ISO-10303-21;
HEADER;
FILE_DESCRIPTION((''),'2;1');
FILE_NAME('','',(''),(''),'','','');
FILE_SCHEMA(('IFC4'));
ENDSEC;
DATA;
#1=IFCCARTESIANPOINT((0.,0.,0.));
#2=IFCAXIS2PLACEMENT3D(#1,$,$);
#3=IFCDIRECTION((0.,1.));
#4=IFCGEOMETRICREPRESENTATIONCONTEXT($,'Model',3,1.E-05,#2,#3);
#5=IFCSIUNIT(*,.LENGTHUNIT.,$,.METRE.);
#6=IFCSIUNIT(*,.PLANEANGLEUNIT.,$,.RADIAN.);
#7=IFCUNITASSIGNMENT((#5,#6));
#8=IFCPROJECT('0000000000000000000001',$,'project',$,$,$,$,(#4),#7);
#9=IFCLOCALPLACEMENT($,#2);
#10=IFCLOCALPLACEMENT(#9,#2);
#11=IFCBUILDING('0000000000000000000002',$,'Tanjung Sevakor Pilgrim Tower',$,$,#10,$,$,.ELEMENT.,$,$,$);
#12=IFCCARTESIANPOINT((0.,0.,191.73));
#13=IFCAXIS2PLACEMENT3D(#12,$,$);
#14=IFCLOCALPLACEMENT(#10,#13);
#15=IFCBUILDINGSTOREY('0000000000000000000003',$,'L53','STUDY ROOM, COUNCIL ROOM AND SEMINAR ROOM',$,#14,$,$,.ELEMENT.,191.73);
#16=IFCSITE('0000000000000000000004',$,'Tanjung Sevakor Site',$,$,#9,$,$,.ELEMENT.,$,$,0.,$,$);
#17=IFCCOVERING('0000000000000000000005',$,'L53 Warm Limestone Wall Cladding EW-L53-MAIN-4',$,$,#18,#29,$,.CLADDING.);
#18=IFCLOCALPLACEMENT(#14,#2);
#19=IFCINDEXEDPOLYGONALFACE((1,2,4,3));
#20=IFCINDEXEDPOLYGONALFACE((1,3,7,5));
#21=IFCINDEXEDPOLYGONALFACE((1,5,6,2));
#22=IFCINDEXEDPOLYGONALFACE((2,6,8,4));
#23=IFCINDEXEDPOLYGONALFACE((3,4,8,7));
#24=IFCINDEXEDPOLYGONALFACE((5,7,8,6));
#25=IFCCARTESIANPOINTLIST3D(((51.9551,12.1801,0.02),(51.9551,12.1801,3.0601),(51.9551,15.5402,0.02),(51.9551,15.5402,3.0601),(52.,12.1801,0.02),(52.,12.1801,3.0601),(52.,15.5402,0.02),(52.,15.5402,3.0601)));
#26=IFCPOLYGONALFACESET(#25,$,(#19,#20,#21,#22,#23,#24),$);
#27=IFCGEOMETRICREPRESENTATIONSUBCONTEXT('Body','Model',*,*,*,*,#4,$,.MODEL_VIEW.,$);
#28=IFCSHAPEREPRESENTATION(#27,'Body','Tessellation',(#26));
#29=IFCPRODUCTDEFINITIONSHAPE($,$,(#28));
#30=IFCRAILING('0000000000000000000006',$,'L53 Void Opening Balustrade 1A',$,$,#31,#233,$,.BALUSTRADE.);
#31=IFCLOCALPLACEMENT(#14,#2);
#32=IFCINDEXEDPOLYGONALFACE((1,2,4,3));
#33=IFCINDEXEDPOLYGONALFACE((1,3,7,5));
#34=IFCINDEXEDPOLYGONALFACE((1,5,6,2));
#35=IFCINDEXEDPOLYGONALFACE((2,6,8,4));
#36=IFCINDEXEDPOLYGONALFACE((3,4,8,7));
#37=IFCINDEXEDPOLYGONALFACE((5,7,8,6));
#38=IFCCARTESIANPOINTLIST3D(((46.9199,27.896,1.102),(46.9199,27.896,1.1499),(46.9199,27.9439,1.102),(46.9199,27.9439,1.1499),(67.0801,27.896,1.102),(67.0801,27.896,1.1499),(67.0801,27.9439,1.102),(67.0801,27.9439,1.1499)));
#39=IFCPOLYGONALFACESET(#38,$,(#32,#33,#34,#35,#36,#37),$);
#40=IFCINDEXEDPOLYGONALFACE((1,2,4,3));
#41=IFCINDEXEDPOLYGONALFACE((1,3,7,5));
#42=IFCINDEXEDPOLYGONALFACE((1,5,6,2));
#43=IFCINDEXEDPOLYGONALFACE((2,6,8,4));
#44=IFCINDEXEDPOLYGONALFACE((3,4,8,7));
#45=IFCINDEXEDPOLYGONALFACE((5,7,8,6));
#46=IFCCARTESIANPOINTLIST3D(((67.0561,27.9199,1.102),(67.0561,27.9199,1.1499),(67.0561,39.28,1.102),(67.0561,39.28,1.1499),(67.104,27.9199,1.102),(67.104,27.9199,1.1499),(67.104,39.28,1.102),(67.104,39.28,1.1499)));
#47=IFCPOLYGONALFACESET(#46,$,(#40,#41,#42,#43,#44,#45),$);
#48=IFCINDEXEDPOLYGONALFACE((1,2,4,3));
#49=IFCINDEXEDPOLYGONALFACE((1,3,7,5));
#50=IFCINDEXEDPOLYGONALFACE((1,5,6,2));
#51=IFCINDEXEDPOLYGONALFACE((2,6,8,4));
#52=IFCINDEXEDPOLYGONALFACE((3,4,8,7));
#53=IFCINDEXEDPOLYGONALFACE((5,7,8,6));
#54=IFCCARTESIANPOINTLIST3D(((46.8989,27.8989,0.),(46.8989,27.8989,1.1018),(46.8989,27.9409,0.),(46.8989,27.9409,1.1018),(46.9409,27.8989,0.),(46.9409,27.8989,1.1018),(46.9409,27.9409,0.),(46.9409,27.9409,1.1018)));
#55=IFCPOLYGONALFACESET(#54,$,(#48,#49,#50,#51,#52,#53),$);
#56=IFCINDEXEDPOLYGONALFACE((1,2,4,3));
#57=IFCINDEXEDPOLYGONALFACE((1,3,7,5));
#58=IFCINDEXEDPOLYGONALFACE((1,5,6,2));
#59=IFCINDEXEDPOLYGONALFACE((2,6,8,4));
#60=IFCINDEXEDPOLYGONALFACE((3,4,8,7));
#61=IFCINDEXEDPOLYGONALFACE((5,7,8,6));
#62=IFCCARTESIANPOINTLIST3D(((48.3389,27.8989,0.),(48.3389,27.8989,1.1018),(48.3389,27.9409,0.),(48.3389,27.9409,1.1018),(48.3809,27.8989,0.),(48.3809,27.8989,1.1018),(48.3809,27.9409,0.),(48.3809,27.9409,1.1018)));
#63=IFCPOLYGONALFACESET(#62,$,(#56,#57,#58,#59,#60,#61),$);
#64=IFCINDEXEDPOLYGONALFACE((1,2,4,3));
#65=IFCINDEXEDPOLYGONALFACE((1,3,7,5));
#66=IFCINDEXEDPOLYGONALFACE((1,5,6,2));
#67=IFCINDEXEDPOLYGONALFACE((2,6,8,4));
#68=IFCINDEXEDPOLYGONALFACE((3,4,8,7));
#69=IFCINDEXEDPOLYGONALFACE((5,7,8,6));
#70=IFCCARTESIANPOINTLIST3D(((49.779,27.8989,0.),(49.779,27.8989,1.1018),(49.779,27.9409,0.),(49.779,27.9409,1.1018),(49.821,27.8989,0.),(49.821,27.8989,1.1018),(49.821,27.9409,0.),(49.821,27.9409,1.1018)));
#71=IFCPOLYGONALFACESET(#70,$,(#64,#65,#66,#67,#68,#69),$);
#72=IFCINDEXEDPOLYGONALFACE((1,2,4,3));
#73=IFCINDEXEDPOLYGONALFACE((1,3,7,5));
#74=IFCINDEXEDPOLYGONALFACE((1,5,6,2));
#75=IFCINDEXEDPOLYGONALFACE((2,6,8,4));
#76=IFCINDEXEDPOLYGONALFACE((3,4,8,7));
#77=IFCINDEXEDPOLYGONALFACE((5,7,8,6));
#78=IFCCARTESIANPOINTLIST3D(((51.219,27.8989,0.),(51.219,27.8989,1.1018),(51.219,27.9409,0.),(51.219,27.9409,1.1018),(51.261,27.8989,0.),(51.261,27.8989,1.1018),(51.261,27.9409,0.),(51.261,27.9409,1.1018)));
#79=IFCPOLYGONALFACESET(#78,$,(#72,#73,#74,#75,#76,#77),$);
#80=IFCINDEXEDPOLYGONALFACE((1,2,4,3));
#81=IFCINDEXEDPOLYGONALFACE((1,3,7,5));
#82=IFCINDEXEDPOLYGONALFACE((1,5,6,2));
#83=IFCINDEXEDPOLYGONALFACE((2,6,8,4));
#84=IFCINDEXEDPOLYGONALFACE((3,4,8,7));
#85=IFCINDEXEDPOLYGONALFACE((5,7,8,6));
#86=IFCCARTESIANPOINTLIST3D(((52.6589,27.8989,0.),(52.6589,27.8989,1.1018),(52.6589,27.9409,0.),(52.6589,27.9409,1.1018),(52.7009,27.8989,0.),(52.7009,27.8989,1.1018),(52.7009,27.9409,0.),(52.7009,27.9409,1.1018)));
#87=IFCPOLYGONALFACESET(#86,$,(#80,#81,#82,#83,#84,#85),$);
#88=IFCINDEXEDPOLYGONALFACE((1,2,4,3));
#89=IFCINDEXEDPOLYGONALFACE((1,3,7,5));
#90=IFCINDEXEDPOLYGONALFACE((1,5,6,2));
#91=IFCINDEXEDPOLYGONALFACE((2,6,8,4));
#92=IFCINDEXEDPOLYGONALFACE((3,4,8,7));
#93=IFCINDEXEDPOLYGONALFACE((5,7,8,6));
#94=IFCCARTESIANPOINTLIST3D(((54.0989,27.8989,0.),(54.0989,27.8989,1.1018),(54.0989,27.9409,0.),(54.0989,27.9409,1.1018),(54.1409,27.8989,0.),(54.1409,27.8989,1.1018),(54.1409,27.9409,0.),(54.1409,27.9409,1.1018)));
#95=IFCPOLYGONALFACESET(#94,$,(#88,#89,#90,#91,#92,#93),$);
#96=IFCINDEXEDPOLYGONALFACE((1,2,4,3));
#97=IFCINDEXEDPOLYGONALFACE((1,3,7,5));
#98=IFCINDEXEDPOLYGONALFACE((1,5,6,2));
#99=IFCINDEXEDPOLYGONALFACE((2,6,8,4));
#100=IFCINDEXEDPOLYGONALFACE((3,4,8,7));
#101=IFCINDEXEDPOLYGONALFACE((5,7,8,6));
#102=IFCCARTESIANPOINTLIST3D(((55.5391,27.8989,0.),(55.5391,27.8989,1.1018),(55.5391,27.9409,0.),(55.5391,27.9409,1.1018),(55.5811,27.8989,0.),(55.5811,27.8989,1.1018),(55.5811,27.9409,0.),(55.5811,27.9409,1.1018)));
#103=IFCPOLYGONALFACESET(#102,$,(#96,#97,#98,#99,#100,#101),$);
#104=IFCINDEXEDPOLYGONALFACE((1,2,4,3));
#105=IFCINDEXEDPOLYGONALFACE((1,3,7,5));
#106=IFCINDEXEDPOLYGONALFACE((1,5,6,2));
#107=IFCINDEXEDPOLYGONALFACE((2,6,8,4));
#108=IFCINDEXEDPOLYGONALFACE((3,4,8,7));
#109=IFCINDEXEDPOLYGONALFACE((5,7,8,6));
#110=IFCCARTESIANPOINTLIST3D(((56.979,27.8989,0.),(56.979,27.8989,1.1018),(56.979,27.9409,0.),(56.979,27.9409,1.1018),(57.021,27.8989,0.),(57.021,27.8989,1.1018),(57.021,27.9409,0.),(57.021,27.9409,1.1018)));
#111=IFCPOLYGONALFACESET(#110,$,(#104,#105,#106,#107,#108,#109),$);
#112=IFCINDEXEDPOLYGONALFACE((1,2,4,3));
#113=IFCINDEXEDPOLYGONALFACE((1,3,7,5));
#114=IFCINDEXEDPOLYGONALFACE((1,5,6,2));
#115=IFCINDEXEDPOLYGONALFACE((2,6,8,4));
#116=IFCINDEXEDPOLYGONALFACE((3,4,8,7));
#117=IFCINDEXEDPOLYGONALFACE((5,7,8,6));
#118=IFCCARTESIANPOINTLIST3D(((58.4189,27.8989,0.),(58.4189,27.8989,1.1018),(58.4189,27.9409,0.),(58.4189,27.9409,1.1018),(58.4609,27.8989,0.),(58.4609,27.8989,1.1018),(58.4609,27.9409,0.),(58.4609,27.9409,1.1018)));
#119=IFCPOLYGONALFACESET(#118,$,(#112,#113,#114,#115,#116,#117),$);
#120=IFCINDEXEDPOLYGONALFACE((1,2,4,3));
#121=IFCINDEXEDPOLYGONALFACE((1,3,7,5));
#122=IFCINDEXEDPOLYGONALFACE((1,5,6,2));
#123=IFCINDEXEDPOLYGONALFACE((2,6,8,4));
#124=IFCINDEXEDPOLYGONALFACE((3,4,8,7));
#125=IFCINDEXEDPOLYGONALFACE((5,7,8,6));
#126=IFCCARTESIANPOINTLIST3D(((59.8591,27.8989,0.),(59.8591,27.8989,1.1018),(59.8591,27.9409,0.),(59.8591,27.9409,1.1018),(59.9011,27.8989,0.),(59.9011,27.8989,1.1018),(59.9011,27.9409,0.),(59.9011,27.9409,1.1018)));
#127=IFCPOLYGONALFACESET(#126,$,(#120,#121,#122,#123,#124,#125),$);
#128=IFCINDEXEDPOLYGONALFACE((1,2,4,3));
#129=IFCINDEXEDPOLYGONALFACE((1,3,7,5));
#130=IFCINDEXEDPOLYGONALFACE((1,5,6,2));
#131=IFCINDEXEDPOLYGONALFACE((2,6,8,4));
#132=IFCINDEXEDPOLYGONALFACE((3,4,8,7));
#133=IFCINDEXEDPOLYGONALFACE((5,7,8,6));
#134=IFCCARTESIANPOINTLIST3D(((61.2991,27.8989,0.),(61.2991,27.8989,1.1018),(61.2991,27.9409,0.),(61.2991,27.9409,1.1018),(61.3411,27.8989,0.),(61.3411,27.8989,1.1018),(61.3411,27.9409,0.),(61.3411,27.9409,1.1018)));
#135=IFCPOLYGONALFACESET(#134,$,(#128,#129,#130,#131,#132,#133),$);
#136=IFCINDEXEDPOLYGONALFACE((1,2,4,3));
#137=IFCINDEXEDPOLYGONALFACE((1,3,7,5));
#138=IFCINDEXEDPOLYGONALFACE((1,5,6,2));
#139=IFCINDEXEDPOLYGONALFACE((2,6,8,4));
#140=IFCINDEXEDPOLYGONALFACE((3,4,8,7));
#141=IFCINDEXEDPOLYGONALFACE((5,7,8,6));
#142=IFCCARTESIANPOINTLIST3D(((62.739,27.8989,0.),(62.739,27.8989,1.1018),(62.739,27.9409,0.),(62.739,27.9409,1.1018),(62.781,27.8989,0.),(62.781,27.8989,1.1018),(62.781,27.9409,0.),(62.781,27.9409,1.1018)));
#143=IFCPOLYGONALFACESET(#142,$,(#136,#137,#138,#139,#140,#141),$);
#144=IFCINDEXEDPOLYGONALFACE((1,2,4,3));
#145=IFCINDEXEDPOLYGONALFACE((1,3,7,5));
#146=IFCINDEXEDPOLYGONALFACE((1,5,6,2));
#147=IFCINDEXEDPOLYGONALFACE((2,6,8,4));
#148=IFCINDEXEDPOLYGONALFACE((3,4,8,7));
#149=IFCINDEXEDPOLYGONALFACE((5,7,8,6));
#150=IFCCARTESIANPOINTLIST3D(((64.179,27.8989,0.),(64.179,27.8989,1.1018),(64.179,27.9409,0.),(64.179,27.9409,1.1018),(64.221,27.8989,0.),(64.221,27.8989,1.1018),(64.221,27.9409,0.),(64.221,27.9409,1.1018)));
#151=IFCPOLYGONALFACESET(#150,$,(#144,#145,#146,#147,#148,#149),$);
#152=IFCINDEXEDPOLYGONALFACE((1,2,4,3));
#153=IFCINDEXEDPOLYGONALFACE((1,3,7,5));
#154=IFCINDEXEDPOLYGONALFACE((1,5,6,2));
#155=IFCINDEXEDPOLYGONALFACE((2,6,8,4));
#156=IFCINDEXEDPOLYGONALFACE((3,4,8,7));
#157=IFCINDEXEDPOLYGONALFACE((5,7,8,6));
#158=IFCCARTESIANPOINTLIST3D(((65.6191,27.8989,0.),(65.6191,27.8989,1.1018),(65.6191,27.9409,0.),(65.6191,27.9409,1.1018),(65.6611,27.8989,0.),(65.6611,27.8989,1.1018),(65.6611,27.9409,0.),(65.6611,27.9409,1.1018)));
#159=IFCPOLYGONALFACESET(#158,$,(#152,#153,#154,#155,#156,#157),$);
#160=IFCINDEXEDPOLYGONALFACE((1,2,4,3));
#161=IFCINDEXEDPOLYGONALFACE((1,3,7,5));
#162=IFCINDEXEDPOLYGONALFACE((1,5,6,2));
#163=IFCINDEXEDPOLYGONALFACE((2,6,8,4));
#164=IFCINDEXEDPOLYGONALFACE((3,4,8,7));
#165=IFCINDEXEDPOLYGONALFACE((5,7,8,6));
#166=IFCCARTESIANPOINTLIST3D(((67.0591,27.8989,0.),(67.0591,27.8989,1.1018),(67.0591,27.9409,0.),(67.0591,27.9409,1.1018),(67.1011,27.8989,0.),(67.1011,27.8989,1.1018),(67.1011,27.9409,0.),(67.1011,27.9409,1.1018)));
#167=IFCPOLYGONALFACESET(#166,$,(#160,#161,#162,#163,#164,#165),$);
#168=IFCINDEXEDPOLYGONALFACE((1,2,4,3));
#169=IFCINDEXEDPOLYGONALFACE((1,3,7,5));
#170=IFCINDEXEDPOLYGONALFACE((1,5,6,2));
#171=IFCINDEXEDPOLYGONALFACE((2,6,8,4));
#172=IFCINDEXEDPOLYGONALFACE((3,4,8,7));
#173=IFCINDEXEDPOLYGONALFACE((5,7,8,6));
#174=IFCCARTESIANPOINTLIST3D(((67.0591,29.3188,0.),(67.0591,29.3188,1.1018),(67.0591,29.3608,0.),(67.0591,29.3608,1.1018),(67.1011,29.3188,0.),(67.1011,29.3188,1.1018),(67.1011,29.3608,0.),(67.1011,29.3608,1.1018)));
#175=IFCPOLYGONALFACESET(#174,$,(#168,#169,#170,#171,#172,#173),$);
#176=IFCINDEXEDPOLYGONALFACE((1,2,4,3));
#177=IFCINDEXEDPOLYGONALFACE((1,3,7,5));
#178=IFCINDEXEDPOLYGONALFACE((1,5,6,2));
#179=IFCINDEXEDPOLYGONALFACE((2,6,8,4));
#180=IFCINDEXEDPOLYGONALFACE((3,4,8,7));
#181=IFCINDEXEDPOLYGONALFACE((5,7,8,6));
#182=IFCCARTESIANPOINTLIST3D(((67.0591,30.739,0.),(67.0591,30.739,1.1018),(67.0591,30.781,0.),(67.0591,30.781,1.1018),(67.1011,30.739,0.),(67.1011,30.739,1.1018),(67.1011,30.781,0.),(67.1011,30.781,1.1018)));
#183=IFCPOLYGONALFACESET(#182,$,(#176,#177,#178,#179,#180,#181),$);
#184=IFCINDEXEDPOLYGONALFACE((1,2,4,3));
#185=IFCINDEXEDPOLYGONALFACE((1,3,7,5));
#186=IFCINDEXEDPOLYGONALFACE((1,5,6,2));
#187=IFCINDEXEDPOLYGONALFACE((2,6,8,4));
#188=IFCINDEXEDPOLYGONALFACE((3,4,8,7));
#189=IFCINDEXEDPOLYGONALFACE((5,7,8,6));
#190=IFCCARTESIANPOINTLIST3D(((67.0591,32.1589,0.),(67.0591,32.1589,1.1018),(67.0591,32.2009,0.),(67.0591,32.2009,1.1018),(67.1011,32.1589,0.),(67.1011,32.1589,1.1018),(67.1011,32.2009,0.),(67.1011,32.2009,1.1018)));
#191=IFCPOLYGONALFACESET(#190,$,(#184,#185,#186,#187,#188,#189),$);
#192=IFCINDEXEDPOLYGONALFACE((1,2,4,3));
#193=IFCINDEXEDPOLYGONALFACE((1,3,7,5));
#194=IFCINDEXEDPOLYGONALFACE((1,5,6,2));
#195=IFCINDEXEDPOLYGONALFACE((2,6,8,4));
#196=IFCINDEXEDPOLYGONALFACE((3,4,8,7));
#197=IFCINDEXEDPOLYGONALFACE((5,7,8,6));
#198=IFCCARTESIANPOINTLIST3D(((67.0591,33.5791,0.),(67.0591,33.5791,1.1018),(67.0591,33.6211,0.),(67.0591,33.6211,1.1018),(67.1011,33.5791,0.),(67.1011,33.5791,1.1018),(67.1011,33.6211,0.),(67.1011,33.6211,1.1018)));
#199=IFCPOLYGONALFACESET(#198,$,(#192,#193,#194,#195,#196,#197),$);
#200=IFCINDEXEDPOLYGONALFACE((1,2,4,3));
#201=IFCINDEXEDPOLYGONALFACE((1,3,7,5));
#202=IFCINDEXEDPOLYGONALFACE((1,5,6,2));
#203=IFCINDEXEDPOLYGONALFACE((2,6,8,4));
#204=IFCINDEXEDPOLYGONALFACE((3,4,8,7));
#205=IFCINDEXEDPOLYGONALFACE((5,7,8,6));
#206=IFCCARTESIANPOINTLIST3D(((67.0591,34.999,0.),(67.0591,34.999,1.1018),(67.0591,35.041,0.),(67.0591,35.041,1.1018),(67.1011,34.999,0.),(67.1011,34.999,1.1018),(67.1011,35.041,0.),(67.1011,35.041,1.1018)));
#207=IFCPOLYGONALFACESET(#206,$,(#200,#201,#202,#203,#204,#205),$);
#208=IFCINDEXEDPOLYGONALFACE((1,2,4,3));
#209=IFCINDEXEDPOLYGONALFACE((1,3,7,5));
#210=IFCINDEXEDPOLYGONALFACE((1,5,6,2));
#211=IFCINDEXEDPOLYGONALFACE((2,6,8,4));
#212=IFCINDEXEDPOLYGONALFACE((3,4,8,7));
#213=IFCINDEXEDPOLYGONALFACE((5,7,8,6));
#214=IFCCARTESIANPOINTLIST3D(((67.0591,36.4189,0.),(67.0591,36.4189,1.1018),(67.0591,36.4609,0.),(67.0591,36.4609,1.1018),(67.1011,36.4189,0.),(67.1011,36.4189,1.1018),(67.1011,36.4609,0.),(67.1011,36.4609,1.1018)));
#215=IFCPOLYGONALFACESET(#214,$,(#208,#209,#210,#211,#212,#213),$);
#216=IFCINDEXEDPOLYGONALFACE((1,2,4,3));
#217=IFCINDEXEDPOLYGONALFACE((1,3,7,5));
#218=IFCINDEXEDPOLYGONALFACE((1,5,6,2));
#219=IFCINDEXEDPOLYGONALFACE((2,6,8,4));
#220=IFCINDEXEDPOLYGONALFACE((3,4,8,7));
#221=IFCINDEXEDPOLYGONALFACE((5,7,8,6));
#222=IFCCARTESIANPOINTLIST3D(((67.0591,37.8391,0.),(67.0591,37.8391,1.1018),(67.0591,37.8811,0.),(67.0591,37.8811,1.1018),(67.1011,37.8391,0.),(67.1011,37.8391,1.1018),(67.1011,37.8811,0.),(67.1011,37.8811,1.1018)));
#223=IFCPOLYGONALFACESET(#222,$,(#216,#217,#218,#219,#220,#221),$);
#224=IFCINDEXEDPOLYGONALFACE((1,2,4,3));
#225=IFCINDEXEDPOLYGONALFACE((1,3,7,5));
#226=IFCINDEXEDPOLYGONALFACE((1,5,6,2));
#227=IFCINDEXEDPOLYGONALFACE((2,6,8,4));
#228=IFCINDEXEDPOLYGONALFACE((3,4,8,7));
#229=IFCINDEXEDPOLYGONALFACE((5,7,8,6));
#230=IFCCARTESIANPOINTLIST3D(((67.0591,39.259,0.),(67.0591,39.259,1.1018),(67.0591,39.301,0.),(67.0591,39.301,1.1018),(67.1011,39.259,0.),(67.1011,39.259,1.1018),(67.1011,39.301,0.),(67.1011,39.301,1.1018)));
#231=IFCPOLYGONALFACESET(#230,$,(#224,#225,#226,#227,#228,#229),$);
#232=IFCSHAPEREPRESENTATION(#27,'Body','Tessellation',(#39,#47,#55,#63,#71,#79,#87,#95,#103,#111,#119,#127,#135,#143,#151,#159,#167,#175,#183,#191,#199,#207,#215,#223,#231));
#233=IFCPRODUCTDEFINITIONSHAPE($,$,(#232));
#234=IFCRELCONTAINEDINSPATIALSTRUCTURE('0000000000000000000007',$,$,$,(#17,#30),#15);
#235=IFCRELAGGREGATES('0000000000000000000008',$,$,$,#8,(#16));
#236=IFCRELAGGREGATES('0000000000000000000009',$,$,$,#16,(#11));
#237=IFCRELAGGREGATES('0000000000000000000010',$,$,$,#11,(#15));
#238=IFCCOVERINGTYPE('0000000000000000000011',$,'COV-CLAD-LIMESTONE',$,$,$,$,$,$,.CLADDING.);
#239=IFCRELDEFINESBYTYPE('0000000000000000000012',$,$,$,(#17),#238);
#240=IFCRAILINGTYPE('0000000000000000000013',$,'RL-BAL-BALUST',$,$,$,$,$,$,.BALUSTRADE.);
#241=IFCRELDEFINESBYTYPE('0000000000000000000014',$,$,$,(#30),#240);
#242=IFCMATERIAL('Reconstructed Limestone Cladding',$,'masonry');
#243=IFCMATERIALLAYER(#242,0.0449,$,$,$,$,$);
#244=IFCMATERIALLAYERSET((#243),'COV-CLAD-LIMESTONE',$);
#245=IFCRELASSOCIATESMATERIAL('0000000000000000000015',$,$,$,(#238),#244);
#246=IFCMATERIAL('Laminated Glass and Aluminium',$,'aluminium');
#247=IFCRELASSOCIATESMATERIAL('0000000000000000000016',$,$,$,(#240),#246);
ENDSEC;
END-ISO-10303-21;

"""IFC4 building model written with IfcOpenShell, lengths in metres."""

from ifc_helpers import new_model, si_unit, direction, frame, origin, origin_2d, place, context, subcontext, project, spatial, rectangle, extrude, material, layer, layer_set, type_object, element, save


model = new_model("IFC4")

# Units and contexts
model_context = context("Model", 3, precision=1e-05, world=origin(), true_north=direction((0.0, 1.0)))
body_context = subcontext(model_context, "Body", "Model", "MODEL_VIEW")
ifc_project = project(units=[si_unit("LENGTHUNIT", "METRE"), si_unit("PLANEANGLEUNIT", "RADIAN")], contexts=[model_context])

# Site, building, storey
site_placement = place(None, origin())
site = spatial("IfcSite", under=ifc_project, at=site_placement, Name="Tanjung Sevakor Site", CompositionType="ELEMENT", RefElevation=0.0)
building_placement = place(site_placement, origin())
building = spatial("IfcBuilding", under=site, at=building_placement, Name="Tanjung Sevakor Pilgrim Tower", CompositionType="ELEMENT")
storey_placement = place(building_placement, frame((0.0, 0.0, 191.73)))
storey = spatial("IfcBuildingStorey", under=building, at=storey_placement, Name="L53", Description="STUDY ROOM, COUNCIL ROOM AND SEMINAR ROOM", CompositionType="ELEMENT", Elevation=191.73)

# Covering
ifc_material_1 = material(Name="Reconstructed Limestone Cladding", Category="masonry")
ifc_layer_1 = layer(ifc_material_1, 0.0449)
ifc_layer_set_1 = layer_set([ifc_layer_1], Name="COV-CLAD-LIMESTONE")
covering_type = type_object("IfcCoveringType", Name="COV-CLAD-LIMESTONE", PredefinedType="CLADDING", material=ifc_layer_set_1)
for number, where, z_axis, x_axis, name in (
    (1, (51.9775, 13.8601, 0.02), (0.0, 0.0, 1.0), (0.0, -1.0, 0.0), "L53 Warm Limestone Wall Cladding EW-L53-MAIN-4"),
):
    element("IfcCovering", number, at=place(storey_placement, frame(where, z_axis=z_axis, x_axis=x_axis)), inside=storey, type_object=covering_type, Name=name, PredefinedType="CLADDING", context=body_context, shape_type="SweptSolid", body=[
        extrude(rectangle(XDim=3.3601, YDim=0.0449, at=origin_2d()), origin(), (0.0, 0.0, 1.0), 3.04),
    ])

# Railing
ifc_material_2 = material(Name="Laminated Glass and Aluminium", Category="aluminium")
railing_type_1 = type_object("IfcRailingType", Name="RL-BAL-BALUST", PredefinedType="BALUSTRADE", material=ifc_material_2)
railing_1_placement = place(storey_placement, frame((46.9199, 27.9199, 0.0)))
element("IfcRailing", 2, at=railing_1_placement, inside=storey, type_object=railing_type_1, Name="L53 Void Opening Balustrade 1A", PredefinedType="BALUSTRADE", context=body_context, shape_type="SweptSolid", body=[
    extrude(rectangle(XDim=0.0479, YDim=0.0479), frame((0.0, 0.0, 1.126), z_axis=(1.0, 0.0, 0.0), x_axis=(0.0, 1.0, 0.0)), (0.0, 0.0, 1.0), 20.1602),
    extrude(rectangle(XDim=0.0479, YDim=0.0479), frame((20.1602, 0.0, 1.126), z_axis=(0.0, 1.0, 0.0), x_axis=(-1.0, 0.0, 0.0)), (0.0, 0.0, 1.0), 11.3601),
    extrude(rectangle(XDim=0.042, YDim=0.042), origin(), (0.0, 0.0, 1.0), 1.1018),
    extrude(rectangle(XDim=0.042, YDim=0.042), frame((1.4399, 0.0, 0.0)), (0.0, 0.0, 1.0), 1.1018),
    extrude(rectangle(XDim=0.042, YDim=0.042), frame((2.8801, 0.0, 0.0)), (0.0, 0.0, 1.0), 1.1018),
    extrude(rectangle(XDim=0.042, YDim=0.042), frame((4.3201, 0.0, 0.0)), (0.0, 0.0, 1.0), 1.1018),
    extrude(rectangle(XDim=0.042, YDim=0.042), frame((5.76, 0.0, 0.0)), (0.0, 0.0, 1.0), 1.1018),
    extrude(rectangle(XDim=0.042, YDim=0.042), frame((7.2, 0.0, 0.0)), (0.0, 0.0, 1.0), 1.1018),
    extrude(rectangle(XDim=0.042, YDim=0.042), frame((8.6401, 0.0, 0.0)), (0.0, 0.0, 1.0), 1.1018),
    extrude(rectangle(XDim=0.042, YDim=0.042), frame((10.0801, 0.0, 0.0)), (0.0, 0.0, 1.0), 1.1018),
    extrude(rectangle(XDim=0.042, YDim=0.042), frame((11.52, 0.0, 0.0)), (0.0, 0.0, 1.0), 1.1018),
    extrude(rectangle(XDim=0.042, YDim=0.042), frame((12.9602, 0.0, 0.0)), (0.0, 0.0, 1.0), 1.1018),
    extrude(rectangle(XDim=0.042, YDim=0.042), frame((14.4001, 0.0, 0.0)), (0.0, 0.0, 1.0), 1.1018),
    extrude(rectangle(XDim=0.042, YDim=0.042), frame((15.8401, 0.0, 0.0)), (0.0, 0.0, 1.0), 1.1018),
    extrude(rectangle(XDim=0.042, YDim=0.042), frame((17.28, 0.0, 0.0)), (0.0, 0.0, 1.0), 1.1018),
    extrude(rectangle(XDim=0.042, YDim=0.042), frame((18.7202, 0.0, 0.0)), (0.0, 0.0, 1.0), 1.1018),
    extrude(rectangle(XDim=0.042, YDim=0.042), frame((20.1602, 0.0, 0.0)), (0.0, 0.0, 1.0), 1.1018),
    extrude(rectangle(XDim=0.042, YDim=0.042), frame((20.1602, 1.4199, 0.0)), (0.0, 0.0, 1.0), 1.1018),
    extrude(rectangle(XDim=0.042, YDim=0.042), frame((20.1602, 2.8401, 0.0)), (0.0, 0.0, 1.0), 1.1018),
    extrude(rectangle(XDim=0.042, YDim=0.042), frame((20.1602, 4.26, 0.0)), (0.0, 0.0, 1.0), 1.1018),
    extrude(rectangle(XDim=0.042, YDim=0.042), frame((20.1602, 5.6802, 0.0)), (0.0, 0.0, 1.0), 1.1018),
    extrude(rectangle(XDim=0.042, YDim=0.042), frame((20.1602, 7.1001, 0.0)), (0.0, 0.0, 1.0), 1.1018),
    extrude(rectangle(XDim=0.042, YDim=0.042), frame((20.1602, 8.52, 0.0)), (0.0, 0.0, 1.0), 1.1018),
    extrude(rectangle(XDim=0.042, YDim=0.042), frame((20.1602, 9.9402, 0.0)), (0.0, 0.0, 1.0), 1.1018),
    extrude(rectangle(XDim=0.042, YDim=0.042), frame((20.1602, 11.3601, 0.0)), (0.0, 0.0, 1.0), 1.1018),
])

save(model, "model.ifc")
